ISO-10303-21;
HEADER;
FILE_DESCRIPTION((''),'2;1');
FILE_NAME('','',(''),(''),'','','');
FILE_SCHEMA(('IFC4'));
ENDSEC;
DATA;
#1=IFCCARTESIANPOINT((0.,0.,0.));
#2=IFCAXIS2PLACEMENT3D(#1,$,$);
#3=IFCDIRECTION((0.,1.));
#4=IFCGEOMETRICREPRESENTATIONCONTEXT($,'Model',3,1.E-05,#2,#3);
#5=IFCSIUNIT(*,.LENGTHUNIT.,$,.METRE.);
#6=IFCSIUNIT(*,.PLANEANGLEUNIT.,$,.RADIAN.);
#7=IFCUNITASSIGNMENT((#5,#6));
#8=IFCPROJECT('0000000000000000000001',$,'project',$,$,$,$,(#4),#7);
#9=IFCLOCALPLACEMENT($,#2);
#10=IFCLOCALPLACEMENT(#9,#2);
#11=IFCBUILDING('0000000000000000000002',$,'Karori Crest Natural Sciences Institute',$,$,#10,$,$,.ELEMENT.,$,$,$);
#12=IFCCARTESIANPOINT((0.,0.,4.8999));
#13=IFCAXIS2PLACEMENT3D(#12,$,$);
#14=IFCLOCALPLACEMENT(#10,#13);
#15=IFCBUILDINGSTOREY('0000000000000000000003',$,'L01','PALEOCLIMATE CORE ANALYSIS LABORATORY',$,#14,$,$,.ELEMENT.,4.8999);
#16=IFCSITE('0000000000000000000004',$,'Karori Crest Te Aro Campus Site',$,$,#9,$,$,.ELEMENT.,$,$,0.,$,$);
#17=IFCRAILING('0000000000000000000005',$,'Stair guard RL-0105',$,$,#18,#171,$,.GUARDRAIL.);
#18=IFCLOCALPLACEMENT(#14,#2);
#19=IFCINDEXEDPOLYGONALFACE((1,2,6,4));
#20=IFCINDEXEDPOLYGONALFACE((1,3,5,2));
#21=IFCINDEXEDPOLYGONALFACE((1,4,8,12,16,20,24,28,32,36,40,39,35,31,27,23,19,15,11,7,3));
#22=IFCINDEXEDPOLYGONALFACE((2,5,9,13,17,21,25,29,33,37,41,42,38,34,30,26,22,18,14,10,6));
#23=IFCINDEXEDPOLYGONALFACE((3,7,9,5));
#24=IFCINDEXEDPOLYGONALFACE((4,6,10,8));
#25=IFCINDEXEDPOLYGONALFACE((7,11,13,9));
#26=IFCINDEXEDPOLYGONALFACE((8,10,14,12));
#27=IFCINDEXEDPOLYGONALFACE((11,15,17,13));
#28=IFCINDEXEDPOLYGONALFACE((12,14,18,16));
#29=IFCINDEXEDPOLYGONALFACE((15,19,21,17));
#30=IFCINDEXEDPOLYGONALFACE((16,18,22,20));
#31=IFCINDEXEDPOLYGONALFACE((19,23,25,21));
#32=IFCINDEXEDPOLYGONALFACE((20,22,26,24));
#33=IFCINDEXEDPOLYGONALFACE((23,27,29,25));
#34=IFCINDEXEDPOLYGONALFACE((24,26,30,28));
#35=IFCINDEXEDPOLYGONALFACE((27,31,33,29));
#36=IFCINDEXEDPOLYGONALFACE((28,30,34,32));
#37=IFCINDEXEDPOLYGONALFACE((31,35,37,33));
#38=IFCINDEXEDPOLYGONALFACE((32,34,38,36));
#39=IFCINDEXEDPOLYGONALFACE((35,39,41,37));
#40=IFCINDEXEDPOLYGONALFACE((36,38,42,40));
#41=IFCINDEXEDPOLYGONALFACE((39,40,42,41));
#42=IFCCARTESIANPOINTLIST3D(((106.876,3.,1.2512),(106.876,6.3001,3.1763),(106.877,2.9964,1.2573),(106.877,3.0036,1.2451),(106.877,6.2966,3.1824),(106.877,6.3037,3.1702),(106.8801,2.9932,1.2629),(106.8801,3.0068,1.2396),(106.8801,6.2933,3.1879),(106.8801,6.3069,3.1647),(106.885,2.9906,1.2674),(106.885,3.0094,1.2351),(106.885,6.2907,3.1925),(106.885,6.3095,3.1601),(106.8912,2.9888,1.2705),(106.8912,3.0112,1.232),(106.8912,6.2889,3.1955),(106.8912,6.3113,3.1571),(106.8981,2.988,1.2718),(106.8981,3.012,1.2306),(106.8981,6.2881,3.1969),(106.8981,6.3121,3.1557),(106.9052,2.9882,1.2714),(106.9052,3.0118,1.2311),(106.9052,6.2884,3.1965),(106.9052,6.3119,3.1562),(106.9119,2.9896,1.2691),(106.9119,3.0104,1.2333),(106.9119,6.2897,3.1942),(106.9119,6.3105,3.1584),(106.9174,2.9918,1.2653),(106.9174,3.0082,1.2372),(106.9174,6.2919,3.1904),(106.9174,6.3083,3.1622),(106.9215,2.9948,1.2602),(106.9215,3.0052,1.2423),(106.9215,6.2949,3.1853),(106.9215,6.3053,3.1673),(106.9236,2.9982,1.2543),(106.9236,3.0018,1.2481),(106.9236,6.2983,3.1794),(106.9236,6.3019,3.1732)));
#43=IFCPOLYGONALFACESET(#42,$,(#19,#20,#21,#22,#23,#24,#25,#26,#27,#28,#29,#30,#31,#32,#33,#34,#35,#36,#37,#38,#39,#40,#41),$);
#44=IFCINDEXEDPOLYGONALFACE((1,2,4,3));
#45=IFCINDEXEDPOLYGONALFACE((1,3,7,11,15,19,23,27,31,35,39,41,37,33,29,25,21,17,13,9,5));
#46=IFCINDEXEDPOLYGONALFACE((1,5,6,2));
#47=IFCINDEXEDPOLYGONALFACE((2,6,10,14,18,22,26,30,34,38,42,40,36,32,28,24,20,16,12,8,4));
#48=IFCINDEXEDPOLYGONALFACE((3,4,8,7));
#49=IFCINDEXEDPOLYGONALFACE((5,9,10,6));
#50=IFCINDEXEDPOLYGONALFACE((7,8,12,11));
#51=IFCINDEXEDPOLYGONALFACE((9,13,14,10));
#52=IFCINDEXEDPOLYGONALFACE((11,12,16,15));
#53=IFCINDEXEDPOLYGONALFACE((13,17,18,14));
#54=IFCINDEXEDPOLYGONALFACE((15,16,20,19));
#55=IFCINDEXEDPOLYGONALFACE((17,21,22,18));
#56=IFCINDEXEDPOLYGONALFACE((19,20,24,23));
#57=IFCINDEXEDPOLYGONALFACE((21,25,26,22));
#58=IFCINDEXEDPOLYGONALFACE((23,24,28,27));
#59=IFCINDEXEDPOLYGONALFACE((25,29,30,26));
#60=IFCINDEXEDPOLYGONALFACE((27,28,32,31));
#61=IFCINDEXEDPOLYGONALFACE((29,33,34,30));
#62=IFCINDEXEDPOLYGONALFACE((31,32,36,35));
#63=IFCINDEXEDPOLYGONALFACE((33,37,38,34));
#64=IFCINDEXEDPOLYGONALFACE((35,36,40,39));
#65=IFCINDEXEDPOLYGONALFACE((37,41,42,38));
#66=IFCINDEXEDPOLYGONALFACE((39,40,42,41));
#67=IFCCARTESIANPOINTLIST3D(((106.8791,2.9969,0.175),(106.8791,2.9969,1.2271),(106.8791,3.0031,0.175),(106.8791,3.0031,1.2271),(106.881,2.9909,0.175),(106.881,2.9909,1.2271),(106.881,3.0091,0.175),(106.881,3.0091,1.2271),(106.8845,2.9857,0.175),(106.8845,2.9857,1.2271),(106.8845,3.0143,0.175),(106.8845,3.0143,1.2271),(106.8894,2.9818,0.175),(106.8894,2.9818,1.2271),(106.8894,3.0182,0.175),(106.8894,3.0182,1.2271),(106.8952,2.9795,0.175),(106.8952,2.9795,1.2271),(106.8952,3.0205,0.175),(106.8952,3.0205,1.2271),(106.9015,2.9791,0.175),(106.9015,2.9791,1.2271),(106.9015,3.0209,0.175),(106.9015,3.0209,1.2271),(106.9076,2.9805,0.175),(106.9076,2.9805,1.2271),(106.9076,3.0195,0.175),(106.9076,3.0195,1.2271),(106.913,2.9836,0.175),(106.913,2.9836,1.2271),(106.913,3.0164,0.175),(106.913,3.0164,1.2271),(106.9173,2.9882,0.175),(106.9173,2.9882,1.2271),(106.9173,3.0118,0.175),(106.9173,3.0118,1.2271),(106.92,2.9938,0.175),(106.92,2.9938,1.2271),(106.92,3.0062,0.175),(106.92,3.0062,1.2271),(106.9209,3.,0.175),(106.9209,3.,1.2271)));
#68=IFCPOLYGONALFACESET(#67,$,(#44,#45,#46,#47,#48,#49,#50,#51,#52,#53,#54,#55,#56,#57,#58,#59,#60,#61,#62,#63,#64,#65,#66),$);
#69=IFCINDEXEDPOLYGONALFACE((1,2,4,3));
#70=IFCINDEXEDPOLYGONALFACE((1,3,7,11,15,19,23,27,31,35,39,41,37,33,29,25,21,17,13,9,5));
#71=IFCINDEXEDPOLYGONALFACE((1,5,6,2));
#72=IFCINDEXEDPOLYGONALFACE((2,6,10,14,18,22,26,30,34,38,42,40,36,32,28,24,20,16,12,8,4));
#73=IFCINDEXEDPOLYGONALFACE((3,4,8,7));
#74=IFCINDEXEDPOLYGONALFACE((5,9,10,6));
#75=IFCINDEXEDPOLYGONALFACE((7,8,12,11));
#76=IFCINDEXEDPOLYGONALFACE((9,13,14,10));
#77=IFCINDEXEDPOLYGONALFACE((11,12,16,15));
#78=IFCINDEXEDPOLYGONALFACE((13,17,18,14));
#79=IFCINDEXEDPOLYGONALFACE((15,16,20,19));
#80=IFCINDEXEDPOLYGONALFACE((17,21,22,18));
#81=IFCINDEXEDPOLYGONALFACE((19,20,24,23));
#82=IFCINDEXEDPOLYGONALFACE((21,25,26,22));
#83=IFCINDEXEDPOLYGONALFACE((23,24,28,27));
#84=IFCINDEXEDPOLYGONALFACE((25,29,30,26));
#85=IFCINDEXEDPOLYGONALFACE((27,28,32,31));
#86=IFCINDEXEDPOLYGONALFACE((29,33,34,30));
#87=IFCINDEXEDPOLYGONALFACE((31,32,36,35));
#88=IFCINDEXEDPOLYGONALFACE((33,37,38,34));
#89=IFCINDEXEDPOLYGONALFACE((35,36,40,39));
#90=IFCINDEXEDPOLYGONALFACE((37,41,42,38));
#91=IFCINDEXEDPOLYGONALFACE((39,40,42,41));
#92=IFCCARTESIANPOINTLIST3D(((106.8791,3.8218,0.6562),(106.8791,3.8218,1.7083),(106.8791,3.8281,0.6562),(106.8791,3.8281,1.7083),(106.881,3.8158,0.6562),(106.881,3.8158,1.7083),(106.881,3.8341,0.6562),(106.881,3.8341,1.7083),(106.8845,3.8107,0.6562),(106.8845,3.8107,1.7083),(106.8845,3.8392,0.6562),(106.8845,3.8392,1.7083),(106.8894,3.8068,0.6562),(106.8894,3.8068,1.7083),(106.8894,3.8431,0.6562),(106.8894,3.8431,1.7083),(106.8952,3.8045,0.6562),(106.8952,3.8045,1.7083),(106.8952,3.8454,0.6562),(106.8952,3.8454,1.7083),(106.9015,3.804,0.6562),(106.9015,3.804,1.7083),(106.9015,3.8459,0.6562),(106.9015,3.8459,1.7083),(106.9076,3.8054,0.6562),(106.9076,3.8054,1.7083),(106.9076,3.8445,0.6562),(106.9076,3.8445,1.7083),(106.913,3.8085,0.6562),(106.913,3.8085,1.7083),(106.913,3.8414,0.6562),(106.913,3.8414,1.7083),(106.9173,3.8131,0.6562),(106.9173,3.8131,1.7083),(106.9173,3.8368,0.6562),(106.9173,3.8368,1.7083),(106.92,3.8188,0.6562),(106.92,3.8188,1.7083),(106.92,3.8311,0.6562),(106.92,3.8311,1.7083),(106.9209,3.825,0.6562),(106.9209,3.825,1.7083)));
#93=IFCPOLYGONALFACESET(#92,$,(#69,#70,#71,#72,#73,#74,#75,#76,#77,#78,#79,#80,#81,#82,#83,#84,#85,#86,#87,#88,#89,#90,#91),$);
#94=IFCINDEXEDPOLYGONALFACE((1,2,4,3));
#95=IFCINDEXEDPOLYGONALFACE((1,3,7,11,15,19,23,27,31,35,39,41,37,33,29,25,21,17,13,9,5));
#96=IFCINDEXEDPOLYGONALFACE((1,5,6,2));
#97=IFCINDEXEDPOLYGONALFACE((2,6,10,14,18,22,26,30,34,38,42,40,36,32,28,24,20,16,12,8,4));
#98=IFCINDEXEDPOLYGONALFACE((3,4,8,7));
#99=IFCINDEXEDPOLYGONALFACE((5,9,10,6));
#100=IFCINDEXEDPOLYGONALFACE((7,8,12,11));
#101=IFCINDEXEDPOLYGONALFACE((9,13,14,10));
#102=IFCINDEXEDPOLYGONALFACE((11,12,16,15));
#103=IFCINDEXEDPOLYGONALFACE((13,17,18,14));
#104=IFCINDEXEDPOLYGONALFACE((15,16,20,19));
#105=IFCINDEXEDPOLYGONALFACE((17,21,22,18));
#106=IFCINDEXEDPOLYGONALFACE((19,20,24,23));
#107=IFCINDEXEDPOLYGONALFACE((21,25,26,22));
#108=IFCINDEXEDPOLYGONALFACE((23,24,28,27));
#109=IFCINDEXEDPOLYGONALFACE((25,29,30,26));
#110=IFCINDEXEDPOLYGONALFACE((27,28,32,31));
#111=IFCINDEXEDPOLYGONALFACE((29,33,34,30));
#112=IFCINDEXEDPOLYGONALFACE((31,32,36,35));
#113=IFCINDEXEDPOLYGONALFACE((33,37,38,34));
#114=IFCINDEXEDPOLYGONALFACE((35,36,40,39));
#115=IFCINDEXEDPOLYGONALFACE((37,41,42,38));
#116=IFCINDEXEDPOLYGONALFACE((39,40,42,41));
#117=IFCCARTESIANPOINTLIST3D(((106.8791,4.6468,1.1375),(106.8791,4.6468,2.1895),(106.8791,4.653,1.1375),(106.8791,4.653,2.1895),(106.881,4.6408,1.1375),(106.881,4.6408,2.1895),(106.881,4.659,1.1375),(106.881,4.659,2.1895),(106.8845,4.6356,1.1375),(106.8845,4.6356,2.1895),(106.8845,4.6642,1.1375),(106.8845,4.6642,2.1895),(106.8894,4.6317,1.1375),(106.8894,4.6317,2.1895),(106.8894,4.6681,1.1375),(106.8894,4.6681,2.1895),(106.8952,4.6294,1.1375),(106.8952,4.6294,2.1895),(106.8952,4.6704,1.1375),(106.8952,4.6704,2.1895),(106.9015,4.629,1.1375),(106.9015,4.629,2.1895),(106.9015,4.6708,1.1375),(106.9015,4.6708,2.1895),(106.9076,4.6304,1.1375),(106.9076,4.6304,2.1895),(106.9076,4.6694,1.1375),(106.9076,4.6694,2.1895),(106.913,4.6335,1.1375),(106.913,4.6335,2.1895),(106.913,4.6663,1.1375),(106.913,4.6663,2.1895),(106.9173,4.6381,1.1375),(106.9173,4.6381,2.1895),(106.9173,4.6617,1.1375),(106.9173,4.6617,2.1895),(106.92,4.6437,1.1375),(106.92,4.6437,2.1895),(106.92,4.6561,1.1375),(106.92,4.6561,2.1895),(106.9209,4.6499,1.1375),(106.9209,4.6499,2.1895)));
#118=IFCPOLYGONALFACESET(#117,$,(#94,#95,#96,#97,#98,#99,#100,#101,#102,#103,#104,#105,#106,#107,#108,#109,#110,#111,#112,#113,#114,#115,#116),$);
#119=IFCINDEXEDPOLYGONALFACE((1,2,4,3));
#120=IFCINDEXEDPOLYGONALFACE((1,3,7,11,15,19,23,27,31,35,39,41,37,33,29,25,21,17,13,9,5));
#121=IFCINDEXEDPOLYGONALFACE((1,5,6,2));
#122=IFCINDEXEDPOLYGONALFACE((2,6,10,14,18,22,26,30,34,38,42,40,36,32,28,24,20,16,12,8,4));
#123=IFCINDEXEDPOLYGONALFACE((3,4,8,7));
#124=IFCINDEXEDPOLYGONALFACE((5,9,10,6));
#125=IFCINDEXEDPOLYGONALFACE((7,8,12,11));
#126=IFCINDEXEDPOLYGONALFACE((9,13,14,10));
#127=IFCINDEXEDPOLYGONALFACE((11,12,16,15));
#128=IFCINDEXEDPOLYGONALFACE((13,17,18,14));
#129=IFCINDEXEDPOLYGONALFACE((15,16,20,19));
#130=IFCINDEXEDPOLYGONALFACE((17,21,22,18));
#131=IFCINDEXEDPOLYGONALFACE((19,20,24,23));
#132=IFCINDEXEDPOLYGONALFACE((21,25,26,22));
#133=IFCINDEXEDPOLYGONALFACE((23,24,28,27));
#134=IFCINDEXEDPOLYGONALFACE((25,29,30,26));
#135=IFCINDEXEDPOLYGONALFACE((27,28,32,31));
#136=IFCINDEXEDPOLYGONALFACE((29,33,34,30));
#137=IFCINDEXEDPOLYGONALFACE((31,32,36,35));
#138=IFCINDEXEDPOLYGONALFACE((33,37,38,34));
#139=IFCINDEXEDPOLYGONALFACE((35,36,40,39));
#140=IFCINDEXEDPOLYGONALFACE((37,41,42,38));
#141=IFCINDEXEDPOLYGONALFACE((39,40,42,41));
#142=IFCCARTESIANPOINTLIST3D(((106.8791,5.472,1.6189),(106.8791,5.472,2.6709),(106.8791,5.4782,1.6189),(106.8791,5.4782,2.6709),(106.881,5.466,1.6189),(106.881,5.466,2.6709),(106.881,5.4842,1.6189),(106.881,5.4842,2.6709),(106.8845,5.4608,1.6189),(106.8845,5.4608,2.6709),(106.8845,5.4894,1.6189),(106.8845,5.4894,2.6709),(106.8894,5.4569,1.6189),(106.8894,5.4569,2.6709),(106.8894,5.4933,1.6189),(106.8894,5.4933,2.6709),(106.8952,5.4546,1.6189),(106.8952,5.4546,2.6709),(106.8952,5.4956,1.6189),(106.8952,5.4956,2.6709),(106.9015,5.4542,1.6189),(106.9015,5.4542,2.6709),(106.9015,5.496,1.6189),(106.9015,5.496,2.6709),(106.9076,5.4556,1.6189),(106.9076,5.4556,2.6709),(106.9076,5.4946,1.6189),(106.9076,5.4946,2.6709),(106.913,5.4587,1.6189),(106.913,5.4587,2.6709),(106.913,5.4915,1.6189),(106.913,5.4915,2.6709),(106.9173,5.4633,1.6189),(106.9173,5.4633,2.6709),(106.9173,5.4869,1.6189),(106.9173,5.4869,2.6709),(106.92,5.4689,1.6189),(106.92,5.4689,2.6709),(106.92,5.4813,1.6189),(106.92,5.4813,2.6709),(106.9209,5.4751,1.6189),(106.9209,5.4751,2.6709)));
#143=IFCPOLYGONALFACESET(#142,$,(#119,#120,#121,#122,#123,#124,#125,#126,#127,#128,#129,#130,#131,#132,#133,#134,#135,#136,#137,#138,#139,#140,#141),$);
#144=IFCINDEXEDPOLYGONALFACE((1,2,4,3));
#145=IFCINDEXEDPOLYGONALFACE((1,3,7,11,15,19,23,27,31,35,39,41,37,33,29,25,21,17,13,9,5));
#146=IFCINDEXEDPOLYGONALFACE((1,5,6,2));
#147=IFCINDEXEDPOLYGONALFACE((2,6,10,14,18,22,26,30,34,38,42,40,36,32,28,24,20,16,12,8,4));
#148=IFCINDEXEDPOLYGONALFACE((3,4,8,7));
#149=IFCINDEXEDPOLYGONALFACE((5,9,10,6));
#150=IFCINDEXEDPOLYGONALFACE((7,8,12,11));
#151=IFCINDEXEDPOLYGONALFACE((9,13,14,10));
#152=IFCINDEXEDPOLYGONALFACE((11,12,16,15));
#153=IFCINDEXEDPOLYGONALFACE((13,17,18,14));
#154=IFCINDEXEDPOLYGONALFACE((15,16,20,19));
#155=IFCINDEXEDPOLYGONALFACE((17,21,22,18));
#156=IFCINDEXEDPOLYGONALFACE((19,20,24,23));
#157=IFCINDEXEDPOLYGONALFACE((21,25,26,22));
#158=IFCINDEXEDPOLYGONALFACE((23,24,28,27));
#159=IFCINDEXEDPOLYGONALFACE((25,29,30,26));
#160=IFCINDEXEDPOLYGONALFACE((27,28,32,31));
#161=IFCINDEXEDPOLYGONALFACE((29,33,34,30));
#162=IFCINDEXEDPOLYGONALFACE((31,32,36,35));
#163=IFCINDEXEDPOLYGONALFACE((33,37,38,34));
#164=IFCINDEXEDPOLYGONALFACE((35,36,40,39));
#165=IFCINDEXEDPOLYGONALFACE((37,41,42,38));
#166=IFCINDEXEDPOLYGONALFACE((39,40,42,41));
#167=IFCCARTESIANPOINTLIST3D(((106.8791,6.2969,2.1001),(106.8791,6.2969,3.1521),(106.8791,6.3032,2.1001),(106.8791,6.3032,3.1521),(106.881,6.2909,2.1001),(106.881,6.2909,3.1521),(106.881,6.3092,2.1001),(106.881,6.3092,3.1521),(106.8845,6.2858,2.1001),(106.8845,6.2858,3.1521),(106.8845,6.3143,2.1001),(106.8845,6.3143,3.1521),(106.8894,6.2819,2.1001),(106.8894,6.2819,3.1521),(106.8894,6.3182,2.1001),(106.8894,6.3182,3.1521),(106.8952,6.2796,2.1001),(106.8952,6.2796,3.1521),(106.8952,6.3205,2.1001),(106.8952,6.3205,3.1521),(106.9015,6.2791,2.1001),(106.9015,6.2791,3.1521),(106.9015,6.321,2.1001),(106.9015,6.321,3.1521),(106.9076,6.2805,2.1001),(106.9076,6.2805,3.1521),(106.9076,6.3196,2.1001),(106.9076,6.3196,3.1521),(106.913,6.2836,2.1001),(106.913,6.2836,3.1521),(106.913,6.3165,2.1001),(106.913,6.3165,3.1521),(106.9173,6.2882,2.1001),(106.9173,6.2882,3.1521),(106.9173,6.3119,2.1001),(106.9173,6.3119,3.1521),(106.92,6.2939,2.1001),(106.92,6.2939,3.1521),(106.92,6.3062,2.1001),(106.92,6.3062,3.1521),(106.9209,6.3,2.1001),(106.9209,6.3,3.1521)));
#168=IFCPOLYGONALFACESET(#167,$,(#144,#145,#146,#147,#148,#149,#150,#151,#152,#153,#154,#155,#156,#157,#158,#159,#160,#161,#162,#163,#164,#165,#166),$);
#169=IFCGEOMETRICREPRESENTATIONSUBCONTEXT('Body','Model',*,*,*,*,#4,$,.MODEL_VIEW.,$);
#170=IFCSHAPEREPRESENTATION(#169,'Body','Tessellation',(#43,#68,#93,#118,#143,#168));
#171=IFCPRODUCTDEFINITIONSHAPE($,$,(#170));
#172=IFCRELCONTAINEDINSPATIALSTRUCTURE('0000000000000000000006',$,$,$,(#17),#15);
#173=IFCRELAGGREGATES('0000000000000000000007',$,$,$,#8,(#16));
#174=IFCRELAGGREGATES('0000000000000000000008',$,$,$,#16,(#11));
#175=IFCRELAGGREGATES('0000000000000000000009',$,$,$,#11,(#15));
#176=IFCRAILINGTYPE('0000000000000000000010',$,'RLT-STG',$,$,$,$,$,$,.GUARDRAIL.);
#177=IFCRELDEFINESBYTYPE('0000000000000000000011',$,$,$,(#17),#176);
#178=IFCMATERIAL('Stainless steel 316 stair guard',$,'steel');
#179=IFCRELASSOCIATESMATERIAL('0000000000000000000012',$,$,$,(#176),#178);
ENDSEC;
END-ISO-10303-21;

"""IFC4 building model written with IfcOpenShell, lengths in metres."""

from ifc_helpers import new_model, si_unit, direction, frame, origin, origin_2d, place, context, subcontext, project, spatial, circle, extrude, material, type_object, element, save


model = new_model("IFC4")

# Units and contexts
model_context = context("Model", 3, precision=1e-05, world=origin(), true_north=direction((0.0, 1.0)))
body_context = subcontext(model_context, "Body", "Model", "MODEL_VIEW")
ifc_project = project(units=[si_unit("LENGTHUNIT", "METRE"), si_unit("PLANEANGLEUNIT", "RADIAN")], contexts=[model_context])

# Site, building, storey
site_placement = place(None, origin())
site = spatial("IfcSite", under=ifc_project, at=site_placement, Name="Karori Crest Te Aro Campus Site", CompositionType="ELEMENT", RefElevation=0.0)
building_placement = place(site_placement, origin())
building = spatial("IfcBuilding", under=site, at=building_placement, Name="Karori Crest Natural Sciences Institute", CompositionType="ELEMENT")
storey_placement = place(building_placement, frame((0.0, 0.0, 4.8999)))
storey = spatial("IfcBuildingStorey", under=building, at=storey_placement, Name="L01", Description="PALEOCLIMATE CORE ANALYSIS LABORATORY", CompositionType="ELEMENT", Elevation=4.8999)

# Railing
ifc_material_1 = material(Name="Stainless steel 316 stair guard", Category="steel")
railing_type_1 = type_object("IfcRailingType", Name="RLT-STG", PredefinedType="GUARDRAIL", material=ifc_material_1)
railing_1_placement = place(storey_placement, frame((106.8999, 3.0, 0.175)))
element("IfcRailing", 1, at=railing_1_placement, inside=storey, type_object=railing_type_1, Name="Stair guard RL-0105", PredefinedType="GUARDRAIL", context=body_context, shape_type="SweptSolid", body=[
    extrude(circle(Radius=0.0239, at=origin_2d()), frame((0.0, 0.0, 1.0762), z_axis=(0.0, 0.863777, 0.503875), x_axis=(-1.0, 0.0, 0.0)), (0.0, 0.0, 1.0), 3.8206),
    extrude(circle(Radius=0.021, at=origin_2d()), origin(), (0.0, 0.0, 1.0), 1.052),
    extrude(circle(Radius=0.021, at=origin_2d()), frame((0.0, 0.825, 0.4812)), (0.0, 0.0, 1.0), 1.052),
    extrude(circle(Radius=0.021, at=origin_2d()), frame((0.0, 1.6499, 0.9624)), (0.0, 0.0, 1.0), 1.052),
    extrude(circle(Radius=0.021, at=origin_2d()), frame((0.0, 2.4751, 1.4438)), (0.0, 0.0, 1.0), 1.052),
    extrude(circle(Radius=0.021, at=origin_2d()), frame((0.0, 3.3, 1.925)), (0.0, 0.0, 1.0), 1.052),
])

save(model, "model.ifc")
